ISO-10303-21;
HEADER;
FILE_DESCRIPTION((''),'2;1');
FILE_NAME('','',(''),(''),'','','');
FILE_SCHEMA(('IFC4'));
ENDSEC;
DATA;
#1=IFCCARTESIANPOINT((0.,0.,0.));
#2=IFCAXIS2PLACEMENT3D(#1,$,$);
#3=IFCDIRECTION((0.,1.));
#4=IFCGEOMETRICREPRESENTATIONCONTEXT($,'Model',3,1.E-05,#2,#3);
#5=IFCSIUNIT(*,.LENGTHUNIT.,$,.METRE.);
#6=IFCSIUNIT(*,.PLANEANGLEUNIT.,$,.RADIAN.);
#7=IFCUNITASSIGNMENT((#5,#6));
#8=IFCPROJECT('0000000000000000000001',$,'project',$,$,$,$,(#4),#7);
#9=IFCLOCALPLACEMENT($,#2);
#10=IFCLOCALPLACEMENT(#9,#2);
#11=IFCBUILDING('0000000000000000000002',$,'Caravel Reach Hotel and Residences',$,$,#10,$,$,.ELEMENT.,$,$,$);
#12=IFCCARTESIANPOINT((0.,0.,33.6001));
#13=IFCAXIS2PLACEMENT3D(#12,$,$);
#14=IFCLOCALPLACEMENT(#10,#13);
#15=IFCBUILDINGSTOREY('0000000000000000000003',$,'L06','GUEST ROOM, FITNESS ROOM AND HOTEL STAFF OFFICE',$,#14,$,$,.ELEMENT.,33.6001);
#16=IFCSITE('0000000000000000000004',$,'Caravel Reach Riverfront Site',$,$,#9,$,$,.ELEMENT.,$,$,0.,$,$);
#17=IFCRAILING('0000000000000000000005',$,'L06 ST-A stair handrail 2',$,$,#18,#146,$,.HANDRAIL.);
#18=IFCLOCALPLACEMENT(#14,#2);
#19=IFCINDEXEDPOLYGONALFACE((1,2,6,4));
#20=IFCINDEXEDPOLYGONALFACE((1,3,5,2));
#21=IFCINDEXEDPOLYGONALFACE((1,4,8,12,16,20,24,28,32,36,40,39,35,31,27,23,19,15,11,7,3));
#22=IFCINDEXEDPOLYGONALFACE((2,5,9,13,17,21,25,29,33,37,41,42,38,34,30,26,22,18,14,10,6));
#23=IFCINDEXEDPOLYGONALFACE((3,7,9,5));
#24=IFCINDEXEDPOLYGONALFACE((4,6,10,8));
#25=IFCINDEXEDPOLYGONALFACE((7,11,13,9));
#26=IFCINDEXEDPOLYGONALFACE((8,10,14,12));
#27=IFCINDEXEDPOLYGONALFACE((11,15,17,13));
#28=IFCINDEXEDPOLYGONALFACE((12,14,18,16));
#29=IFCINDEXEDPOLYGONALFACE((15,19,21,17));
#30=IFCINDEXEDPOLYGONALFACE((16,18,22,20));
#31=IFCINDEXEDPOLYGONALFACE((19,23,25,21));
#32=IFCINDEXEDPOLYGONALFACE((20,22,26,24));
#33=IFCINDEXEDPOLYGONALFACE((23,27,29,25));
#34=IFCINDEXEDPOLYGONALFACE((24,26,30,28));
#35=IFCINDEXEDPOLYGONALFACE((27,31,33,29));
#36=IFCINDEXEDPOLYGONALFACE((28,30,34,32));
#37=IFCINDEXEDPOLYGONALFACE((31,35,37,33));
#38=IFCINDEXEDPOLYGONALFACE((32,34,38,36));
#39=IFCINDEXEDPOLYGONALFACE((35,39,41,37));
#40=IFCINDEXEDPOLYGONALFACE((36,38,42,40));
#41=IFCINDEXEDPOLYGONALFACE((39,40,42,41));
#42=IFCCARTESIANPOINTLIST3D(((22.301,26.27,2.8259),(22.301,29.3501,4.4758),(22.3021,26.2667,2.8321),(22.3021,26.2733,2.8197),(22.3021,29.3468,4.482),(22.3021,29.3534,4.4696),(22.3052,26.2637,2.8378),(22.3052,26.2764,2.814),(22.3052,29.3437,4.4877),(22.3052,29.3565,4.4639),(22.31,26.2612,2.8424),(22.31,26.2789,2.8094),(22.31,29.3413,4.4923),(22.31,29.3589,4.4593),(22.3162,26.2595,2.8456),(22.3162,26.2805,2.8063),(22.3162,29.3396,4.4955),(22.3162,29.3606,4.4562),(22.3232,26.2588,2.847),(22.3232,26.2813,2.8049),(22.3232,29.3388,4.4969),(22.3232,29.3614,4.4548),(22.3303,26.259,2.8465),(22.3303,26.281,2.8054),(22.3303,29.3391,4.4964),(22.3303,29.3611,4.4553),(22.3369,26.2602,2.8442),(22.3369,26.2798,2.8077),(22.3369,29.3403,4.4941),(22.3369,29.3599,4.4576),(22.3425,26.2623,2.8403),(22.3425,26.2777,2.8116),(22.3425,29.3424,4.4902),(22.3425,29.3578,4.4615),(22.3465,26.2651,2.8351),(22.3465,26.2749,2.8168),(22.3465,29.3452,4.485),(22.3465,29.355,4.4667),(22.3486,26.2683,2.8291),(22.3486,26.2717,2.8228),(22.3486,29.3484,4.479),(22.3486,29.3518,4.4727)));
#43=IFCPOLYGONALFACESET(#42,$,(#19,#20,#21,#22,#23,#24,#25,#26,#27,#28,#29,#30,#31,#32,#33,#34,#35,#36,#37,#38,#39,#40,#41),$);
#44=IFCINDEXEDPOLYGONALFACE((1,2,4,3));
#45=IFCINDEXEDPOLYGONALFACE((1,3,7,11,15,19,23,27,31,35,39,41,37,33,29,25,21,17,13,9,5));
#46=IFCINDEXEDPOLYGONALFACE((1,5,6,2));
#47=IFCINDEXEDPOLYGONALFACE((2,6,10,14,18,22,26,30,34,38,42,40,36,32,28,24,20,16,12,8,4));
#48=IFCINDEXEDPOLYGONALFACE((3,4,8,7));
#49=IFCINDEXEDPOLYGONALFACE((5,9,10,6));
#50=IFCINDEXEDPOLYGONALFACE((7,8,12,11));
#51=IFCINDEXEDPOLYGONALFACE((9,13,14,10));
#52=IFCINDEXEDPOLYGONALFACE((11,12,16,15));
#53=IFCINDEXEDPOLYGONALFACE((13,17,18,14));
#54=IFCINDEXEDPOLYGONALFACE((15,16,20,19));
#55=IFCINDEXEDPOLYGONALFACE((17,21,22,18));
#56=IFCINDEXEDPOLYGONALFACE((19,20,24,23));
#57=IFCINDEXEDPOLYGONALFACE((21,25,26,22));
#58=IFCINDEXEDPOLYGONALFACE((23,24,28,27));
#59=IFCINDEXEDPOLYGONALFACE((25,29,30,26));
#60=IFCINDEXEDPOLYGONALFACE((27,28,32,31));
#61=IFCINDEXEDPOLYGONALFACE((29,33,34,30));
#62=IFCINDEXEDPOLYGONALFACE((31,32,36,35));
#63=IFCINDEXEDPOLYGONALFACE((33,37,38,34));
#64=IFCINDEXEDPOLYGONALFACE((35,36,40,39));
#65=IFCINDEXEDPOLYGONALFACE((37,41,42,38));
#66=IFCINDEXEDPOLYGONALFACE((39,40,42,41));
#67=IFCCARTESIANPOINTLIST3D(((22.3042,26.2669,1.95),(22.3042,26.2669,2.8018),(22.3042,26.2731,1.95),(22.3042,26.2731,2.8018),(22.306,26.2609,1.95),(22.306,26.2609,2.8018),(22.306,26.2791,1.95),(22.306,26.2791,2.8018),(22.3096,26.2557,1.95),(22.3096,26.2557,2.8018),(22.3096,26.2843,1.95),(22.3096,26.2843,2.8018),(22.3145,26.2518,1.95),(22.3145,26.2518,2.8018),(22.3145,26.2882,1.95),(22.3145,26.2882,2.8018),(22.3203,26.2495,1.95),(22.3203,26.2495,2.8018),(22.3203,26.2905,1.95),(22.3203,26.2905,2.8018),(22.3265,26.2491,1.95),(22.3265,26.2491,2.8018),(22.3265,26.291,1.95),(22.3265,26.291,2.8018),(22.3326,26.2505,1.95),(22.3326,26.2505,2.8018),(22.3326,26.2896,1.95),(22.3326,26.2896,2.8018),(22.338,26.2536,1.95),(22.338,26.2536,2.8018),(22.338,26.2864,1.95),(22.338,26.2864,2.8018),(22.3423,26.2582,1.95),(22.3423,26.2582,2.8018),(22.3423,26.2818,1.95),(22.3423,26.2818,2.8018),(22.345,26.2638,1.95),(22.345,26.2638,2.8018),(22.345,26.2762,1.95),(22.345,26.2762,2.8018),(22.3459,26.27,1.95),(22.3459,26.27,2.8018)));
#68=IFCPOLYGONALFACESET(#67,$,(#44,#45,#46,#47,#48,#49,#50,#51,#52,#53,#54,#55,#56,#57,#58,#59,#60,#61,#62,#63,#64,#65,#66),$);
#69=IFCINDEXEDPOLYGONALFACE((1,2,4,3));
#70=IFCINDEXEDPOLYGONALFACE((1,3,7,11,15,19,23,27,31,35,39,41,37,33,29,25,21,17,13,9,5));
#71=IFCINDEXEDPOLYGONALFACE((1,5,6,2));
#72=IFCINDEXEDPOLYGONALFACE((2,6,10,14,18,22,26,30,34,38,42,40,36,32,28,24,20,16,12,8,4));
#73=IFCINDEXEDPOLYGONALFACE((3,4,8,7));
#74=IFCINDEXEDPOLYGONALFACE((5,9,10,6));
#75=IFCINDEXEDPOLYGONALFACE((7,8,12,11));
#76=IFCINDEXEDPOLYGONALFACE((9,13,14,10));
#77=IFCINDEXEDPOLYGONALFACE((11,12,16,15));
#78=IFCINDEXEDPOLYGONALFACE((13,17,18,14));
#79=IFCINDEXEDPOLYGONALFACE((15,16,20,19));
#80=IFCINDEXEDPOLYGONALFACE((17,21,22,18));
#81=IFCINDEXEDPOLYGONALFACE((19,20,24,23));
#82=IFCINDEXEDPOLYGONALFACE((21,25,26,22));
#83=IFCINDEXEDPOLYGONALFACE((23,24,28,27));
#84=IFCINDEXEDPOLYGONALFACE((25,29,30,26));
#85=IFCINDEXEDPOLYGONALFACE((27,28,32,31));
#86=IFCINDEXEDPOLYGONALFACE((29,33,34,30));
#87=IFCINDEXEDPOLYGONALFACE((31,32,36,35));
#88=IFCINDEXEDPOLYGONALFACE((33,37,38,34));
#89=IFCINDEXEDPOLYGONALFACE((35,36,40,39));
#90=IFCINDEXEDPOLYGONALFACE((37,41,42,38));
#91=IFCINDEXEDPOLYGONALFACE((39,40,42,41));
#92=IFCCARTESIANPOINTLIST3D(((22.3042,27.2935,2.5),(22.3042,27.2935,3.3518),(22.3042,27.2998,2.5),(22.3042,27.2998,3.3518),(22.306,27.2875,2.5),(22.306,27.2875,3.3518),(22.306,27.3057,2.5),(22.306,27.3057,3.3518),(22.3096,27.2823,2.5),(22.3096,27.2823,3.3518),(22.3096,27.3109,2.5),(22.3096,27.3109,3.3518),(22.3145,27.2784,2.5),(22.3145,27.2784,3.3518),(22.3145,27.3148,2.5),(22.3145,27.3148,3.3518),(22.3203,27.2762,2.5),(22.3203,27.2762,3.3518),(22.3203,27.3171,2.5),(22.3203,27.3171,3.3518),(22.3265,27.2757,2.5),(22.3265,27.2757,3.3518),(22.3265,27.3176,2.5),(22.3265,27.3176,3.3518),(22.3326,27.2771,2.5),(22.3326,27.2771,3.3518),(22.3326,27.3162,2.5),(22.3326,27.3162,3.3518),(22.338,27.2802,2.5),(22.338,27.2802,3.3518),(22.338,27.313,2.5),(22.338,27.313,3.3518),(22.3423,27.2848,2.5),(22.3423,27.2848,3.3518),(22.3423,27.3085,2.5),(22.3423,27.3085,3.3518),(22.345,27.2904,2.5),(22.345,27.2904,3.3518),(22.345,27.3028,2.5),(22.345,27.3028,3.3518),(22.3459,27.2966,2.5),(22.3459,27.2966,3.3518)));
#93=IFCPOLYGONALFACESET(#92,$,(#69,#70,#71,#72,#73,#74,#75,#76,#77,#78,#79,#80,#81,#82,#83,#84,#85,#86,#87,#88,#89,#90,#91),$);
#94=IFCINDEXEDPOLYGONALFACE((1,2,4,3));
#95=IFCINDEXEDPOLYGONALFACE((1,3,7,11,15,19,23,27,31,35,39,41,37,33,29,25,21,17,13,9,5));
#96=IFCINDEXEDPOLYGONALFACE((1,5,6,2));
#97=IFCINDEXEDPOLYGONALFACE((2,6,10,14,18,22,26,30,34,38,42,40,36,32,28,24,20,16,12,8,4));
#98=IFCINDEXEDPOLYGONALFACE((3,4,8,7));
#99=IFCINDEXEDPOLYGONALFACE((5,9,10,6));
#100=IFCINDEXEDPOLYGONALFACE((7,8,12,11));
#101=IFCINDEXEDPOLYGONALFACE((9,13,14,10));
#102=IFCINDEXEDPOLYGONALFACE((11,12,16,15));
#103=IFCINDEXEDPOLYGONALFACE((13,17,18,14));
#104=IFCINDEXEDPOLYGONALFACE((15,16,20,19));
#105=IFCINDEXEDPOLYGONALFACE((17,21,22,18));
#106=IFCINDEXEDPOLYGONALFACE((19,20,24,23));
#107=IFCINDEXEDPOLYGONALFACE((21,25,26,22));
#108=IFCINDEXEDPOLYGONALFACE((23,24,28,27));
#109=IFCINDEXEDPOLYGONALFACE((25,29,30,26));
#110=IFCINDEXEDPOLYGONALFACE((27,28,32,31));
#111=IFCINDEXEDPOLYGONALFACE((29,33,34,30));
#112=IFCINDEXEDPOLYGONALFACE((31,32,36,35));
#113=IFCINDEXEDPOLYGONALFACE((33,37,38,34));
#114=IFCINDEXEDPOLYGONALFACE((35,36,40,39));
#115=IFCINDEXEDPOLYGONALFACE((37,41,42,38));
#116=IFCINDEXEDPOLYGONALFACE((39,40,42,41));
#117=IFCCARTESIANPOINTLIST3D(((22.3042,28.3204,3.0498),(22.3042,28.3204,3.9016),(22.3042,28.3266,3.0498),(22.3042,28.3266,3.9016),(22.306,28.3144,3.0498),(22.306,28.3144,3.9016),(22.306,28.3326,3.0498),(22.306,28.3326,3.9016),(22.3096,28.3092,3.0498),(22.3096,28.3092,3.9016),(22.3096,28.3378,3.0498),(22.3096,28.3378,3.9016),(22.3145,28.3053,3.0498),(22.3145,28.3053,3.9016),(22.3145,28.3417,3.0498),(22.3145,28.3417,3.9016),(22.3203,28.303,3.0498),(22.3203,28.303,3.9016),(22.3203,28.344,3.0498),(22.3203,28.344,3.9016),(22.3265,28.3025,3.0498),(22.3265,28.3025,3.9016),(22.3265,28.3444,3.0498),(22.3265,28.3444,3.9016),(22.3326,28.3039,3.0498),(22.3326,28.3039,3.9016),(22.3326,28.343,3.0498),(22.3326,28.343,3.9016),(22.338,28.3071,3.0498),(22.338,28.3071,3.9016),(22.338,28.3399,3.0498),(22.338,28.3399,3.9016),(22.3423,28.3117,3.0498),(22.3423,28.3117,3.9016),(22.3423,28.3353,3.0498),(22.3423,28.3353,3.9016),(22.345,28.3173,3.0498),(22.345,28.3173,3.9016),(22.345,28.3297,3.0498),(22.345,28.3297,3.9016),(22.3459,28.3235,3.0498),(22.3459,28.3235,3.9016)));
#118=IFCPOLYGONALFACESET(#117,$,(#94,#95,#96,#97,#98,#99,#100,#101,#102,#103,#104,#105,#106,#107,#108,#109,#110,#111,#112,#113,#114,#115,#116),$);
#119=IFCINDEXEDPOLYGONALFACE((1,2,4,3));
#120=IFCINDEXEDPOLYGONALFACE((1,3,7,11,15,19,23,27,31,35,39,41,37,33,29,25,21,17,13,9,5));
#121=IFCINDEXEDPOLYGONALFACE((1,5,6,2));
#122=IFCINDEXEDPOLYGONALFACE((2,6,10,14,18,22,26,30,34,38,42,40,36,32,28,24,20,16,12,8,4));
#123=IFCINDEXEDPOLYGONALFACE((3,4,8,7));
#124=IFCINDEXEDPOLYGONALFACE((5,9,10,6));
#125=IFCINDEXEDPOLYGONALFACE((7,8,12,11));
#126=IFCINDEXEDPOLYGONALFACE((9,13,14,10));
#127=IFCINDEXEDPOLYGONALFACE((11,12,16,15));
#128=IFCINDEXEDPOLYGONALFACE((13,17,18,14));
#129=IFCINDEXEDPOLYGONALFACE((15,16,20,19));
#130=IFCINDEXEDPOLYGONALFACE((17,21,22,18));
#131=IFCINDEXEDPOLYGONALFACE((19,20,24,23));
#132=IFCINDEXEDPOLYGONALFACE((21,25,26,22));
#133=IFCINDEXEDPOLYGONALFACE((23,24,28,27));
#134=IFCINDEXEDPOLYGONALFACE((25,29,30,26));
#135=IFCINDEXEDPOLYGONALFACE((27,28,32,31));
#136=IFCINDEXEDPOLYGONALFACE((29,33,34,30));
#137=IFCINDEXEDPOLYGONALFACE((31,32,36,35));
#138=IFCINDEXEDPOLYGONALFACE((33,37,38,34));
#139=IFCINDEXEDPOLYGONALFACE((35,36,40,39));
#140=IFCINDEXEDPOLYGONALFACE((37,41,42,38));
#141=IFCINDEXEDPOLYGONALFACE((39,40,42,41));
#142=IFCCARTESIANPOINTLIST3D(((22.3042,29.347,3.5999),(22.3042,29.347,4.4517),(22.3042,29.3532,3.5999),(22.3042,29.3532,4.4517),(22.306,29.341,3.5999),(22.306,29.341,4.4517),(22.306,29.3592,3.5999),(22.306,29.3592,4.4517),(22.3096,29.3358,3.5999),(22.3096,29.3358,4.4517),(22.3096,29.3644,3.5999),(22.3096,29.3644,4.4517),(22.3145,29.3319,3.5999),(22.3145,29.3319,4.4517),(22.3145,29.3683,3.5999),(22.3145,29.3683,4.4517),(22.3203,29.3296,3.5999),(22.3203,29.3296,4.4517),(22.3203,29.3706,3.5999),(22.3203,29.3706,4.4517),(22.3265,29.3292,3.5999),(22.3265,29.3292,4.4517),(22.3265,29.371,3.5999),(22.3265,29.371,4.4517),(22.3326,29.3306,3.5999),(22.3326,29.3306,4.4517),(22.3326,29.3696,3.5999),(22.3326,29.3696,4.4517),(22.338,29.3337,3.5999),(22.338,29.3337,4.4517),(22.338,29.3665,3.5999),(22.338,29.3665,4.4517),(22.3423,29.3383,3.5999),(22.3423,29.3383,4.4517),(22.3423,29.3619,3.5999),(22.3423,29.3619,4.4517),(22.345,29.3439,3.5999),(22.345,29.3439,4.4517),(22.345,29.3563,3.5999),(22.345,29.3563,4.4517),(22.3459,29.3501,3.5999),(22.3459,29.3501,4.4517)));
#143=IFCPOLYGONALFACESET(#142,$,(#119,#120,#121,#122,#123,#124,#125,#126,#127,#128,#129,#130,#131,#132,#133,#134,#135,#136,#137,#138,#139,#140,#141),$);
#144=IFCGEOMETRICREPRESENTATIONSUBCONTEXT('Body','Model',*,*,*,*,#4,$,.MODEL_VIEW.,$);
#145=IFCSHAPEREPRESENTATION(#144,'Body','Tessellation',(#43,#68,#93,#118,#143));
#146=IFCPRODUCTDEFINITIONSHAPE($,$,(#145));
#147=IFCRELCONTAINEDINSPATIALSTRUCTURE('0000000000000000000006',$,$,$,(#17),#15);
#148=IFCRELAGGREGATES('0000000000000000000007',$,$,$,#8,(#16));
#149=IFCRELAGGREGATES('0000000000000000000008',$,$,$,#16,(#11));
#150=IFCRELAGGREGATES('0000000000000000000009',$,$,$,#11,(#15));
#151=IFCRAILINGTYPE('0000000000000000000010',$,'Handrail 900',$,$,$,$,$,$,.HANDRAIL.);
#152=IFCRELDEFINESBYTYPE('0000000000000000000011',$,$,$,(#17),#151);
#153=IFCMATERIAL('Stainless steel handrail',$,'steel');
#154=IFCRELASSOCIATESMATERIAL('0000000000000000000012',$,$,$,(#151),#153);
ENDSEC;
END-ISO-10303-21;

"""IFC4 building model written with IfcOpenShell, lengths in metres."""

from ifc_helpers import new_model, si_unit, direction, frame, origin, origin_2d, place, context, subcontext, project, spatial, circle, extrude, material, type_object, element, save


model = new_model("IFC4")

# Units and contexts
model_context = context("Model", 3, precision=1e-05, world=origin(), true_north=direction((0.0, 1.0)))
body_context = subcontext(model_context, "Body", "Model", "MODEL_VIEW")
ifc_project = project(units=[si_unit("LENGTHUNIT", "METRE"), si_unit("PLANEANGLEUNIT", "RADIAN")], contexts=[model_context])

# Site, building, storey
site_placement = place(None, origin())
site = spatial("IfcSite", under=ifc_project, at=site_placement, Name="Caravel Reach Riverfront Site", CompositionType="ELEMENT", RefElevation=0.0)
building_placement = place(site_placement, origin())
building = spatial("IfcBuilding", under=site, at=building_placement, Name="Caravel Reach Hotel and Residences", CompositionType="ELEMENT")
storey_placement = place(building_placement, frame((0.0, 0.0, 33.6001)))
storey = spatial("IfcBuildingStorey", under=building, at=storey_placement, Name="L06", Description="GUEST ROOM, FITNESS ROOM AND HOTEL STAFF OFFICE", CompositionType="ELEMENT", Elevation=33.6001)

# Railing
ifc_material_1 = material(Name="Stainless steel handrail", Category="steel")
railing_type_1 = type_object("IfcRailingType", Name="Handrail 900", PredefinedType="HANDRAIL", material=ifc_material_1)
railing_1_placement = place(storey_placement, frame((22.325, 26.27, 1.95)))
element("IfcRailing", 1, at=railing_1_placement, inside=storey, type_object=railing_type_1, Name="L06 ST-A stair handrail 2", PredefinedType="HANDRAIL", context=body_context, shape_type="SweptSolid", body=[
    extrude(circle(Radius=0.0239, at=origin_2d()), frame((0.0, 0.0, 0.876), z_axis=(0.0, 0.881497, 0.47219), x_axis=(-1.0, 0.0, 0.0)), (0.0, 0.0, 1.0), 3.4941),
    extrude(circle(Radius=0.021, at=origin_2d()), origin(), (0.0, 0.0, 1.0), 0.8518),
    extrude(circle(Radius=0.021, at=origin_2d()), frame((0.0, 1.0266, 0.55)), (0.0, 0.0, 1.0), 0.8518),
    extrude(circle(Radius=0.021, at=origin_2d()), frame((0.0, 2.0535, 1.0999)), (0.0, 0.0, 1.0), 0.8518),
    extrude(circle(Radius=0.021, at=origin_2d()), frame((0.0, 3.0801, 1.6499)), (0.0, 0.0, 1.0), 0.8518),
])

save(model, "model.ifc")
